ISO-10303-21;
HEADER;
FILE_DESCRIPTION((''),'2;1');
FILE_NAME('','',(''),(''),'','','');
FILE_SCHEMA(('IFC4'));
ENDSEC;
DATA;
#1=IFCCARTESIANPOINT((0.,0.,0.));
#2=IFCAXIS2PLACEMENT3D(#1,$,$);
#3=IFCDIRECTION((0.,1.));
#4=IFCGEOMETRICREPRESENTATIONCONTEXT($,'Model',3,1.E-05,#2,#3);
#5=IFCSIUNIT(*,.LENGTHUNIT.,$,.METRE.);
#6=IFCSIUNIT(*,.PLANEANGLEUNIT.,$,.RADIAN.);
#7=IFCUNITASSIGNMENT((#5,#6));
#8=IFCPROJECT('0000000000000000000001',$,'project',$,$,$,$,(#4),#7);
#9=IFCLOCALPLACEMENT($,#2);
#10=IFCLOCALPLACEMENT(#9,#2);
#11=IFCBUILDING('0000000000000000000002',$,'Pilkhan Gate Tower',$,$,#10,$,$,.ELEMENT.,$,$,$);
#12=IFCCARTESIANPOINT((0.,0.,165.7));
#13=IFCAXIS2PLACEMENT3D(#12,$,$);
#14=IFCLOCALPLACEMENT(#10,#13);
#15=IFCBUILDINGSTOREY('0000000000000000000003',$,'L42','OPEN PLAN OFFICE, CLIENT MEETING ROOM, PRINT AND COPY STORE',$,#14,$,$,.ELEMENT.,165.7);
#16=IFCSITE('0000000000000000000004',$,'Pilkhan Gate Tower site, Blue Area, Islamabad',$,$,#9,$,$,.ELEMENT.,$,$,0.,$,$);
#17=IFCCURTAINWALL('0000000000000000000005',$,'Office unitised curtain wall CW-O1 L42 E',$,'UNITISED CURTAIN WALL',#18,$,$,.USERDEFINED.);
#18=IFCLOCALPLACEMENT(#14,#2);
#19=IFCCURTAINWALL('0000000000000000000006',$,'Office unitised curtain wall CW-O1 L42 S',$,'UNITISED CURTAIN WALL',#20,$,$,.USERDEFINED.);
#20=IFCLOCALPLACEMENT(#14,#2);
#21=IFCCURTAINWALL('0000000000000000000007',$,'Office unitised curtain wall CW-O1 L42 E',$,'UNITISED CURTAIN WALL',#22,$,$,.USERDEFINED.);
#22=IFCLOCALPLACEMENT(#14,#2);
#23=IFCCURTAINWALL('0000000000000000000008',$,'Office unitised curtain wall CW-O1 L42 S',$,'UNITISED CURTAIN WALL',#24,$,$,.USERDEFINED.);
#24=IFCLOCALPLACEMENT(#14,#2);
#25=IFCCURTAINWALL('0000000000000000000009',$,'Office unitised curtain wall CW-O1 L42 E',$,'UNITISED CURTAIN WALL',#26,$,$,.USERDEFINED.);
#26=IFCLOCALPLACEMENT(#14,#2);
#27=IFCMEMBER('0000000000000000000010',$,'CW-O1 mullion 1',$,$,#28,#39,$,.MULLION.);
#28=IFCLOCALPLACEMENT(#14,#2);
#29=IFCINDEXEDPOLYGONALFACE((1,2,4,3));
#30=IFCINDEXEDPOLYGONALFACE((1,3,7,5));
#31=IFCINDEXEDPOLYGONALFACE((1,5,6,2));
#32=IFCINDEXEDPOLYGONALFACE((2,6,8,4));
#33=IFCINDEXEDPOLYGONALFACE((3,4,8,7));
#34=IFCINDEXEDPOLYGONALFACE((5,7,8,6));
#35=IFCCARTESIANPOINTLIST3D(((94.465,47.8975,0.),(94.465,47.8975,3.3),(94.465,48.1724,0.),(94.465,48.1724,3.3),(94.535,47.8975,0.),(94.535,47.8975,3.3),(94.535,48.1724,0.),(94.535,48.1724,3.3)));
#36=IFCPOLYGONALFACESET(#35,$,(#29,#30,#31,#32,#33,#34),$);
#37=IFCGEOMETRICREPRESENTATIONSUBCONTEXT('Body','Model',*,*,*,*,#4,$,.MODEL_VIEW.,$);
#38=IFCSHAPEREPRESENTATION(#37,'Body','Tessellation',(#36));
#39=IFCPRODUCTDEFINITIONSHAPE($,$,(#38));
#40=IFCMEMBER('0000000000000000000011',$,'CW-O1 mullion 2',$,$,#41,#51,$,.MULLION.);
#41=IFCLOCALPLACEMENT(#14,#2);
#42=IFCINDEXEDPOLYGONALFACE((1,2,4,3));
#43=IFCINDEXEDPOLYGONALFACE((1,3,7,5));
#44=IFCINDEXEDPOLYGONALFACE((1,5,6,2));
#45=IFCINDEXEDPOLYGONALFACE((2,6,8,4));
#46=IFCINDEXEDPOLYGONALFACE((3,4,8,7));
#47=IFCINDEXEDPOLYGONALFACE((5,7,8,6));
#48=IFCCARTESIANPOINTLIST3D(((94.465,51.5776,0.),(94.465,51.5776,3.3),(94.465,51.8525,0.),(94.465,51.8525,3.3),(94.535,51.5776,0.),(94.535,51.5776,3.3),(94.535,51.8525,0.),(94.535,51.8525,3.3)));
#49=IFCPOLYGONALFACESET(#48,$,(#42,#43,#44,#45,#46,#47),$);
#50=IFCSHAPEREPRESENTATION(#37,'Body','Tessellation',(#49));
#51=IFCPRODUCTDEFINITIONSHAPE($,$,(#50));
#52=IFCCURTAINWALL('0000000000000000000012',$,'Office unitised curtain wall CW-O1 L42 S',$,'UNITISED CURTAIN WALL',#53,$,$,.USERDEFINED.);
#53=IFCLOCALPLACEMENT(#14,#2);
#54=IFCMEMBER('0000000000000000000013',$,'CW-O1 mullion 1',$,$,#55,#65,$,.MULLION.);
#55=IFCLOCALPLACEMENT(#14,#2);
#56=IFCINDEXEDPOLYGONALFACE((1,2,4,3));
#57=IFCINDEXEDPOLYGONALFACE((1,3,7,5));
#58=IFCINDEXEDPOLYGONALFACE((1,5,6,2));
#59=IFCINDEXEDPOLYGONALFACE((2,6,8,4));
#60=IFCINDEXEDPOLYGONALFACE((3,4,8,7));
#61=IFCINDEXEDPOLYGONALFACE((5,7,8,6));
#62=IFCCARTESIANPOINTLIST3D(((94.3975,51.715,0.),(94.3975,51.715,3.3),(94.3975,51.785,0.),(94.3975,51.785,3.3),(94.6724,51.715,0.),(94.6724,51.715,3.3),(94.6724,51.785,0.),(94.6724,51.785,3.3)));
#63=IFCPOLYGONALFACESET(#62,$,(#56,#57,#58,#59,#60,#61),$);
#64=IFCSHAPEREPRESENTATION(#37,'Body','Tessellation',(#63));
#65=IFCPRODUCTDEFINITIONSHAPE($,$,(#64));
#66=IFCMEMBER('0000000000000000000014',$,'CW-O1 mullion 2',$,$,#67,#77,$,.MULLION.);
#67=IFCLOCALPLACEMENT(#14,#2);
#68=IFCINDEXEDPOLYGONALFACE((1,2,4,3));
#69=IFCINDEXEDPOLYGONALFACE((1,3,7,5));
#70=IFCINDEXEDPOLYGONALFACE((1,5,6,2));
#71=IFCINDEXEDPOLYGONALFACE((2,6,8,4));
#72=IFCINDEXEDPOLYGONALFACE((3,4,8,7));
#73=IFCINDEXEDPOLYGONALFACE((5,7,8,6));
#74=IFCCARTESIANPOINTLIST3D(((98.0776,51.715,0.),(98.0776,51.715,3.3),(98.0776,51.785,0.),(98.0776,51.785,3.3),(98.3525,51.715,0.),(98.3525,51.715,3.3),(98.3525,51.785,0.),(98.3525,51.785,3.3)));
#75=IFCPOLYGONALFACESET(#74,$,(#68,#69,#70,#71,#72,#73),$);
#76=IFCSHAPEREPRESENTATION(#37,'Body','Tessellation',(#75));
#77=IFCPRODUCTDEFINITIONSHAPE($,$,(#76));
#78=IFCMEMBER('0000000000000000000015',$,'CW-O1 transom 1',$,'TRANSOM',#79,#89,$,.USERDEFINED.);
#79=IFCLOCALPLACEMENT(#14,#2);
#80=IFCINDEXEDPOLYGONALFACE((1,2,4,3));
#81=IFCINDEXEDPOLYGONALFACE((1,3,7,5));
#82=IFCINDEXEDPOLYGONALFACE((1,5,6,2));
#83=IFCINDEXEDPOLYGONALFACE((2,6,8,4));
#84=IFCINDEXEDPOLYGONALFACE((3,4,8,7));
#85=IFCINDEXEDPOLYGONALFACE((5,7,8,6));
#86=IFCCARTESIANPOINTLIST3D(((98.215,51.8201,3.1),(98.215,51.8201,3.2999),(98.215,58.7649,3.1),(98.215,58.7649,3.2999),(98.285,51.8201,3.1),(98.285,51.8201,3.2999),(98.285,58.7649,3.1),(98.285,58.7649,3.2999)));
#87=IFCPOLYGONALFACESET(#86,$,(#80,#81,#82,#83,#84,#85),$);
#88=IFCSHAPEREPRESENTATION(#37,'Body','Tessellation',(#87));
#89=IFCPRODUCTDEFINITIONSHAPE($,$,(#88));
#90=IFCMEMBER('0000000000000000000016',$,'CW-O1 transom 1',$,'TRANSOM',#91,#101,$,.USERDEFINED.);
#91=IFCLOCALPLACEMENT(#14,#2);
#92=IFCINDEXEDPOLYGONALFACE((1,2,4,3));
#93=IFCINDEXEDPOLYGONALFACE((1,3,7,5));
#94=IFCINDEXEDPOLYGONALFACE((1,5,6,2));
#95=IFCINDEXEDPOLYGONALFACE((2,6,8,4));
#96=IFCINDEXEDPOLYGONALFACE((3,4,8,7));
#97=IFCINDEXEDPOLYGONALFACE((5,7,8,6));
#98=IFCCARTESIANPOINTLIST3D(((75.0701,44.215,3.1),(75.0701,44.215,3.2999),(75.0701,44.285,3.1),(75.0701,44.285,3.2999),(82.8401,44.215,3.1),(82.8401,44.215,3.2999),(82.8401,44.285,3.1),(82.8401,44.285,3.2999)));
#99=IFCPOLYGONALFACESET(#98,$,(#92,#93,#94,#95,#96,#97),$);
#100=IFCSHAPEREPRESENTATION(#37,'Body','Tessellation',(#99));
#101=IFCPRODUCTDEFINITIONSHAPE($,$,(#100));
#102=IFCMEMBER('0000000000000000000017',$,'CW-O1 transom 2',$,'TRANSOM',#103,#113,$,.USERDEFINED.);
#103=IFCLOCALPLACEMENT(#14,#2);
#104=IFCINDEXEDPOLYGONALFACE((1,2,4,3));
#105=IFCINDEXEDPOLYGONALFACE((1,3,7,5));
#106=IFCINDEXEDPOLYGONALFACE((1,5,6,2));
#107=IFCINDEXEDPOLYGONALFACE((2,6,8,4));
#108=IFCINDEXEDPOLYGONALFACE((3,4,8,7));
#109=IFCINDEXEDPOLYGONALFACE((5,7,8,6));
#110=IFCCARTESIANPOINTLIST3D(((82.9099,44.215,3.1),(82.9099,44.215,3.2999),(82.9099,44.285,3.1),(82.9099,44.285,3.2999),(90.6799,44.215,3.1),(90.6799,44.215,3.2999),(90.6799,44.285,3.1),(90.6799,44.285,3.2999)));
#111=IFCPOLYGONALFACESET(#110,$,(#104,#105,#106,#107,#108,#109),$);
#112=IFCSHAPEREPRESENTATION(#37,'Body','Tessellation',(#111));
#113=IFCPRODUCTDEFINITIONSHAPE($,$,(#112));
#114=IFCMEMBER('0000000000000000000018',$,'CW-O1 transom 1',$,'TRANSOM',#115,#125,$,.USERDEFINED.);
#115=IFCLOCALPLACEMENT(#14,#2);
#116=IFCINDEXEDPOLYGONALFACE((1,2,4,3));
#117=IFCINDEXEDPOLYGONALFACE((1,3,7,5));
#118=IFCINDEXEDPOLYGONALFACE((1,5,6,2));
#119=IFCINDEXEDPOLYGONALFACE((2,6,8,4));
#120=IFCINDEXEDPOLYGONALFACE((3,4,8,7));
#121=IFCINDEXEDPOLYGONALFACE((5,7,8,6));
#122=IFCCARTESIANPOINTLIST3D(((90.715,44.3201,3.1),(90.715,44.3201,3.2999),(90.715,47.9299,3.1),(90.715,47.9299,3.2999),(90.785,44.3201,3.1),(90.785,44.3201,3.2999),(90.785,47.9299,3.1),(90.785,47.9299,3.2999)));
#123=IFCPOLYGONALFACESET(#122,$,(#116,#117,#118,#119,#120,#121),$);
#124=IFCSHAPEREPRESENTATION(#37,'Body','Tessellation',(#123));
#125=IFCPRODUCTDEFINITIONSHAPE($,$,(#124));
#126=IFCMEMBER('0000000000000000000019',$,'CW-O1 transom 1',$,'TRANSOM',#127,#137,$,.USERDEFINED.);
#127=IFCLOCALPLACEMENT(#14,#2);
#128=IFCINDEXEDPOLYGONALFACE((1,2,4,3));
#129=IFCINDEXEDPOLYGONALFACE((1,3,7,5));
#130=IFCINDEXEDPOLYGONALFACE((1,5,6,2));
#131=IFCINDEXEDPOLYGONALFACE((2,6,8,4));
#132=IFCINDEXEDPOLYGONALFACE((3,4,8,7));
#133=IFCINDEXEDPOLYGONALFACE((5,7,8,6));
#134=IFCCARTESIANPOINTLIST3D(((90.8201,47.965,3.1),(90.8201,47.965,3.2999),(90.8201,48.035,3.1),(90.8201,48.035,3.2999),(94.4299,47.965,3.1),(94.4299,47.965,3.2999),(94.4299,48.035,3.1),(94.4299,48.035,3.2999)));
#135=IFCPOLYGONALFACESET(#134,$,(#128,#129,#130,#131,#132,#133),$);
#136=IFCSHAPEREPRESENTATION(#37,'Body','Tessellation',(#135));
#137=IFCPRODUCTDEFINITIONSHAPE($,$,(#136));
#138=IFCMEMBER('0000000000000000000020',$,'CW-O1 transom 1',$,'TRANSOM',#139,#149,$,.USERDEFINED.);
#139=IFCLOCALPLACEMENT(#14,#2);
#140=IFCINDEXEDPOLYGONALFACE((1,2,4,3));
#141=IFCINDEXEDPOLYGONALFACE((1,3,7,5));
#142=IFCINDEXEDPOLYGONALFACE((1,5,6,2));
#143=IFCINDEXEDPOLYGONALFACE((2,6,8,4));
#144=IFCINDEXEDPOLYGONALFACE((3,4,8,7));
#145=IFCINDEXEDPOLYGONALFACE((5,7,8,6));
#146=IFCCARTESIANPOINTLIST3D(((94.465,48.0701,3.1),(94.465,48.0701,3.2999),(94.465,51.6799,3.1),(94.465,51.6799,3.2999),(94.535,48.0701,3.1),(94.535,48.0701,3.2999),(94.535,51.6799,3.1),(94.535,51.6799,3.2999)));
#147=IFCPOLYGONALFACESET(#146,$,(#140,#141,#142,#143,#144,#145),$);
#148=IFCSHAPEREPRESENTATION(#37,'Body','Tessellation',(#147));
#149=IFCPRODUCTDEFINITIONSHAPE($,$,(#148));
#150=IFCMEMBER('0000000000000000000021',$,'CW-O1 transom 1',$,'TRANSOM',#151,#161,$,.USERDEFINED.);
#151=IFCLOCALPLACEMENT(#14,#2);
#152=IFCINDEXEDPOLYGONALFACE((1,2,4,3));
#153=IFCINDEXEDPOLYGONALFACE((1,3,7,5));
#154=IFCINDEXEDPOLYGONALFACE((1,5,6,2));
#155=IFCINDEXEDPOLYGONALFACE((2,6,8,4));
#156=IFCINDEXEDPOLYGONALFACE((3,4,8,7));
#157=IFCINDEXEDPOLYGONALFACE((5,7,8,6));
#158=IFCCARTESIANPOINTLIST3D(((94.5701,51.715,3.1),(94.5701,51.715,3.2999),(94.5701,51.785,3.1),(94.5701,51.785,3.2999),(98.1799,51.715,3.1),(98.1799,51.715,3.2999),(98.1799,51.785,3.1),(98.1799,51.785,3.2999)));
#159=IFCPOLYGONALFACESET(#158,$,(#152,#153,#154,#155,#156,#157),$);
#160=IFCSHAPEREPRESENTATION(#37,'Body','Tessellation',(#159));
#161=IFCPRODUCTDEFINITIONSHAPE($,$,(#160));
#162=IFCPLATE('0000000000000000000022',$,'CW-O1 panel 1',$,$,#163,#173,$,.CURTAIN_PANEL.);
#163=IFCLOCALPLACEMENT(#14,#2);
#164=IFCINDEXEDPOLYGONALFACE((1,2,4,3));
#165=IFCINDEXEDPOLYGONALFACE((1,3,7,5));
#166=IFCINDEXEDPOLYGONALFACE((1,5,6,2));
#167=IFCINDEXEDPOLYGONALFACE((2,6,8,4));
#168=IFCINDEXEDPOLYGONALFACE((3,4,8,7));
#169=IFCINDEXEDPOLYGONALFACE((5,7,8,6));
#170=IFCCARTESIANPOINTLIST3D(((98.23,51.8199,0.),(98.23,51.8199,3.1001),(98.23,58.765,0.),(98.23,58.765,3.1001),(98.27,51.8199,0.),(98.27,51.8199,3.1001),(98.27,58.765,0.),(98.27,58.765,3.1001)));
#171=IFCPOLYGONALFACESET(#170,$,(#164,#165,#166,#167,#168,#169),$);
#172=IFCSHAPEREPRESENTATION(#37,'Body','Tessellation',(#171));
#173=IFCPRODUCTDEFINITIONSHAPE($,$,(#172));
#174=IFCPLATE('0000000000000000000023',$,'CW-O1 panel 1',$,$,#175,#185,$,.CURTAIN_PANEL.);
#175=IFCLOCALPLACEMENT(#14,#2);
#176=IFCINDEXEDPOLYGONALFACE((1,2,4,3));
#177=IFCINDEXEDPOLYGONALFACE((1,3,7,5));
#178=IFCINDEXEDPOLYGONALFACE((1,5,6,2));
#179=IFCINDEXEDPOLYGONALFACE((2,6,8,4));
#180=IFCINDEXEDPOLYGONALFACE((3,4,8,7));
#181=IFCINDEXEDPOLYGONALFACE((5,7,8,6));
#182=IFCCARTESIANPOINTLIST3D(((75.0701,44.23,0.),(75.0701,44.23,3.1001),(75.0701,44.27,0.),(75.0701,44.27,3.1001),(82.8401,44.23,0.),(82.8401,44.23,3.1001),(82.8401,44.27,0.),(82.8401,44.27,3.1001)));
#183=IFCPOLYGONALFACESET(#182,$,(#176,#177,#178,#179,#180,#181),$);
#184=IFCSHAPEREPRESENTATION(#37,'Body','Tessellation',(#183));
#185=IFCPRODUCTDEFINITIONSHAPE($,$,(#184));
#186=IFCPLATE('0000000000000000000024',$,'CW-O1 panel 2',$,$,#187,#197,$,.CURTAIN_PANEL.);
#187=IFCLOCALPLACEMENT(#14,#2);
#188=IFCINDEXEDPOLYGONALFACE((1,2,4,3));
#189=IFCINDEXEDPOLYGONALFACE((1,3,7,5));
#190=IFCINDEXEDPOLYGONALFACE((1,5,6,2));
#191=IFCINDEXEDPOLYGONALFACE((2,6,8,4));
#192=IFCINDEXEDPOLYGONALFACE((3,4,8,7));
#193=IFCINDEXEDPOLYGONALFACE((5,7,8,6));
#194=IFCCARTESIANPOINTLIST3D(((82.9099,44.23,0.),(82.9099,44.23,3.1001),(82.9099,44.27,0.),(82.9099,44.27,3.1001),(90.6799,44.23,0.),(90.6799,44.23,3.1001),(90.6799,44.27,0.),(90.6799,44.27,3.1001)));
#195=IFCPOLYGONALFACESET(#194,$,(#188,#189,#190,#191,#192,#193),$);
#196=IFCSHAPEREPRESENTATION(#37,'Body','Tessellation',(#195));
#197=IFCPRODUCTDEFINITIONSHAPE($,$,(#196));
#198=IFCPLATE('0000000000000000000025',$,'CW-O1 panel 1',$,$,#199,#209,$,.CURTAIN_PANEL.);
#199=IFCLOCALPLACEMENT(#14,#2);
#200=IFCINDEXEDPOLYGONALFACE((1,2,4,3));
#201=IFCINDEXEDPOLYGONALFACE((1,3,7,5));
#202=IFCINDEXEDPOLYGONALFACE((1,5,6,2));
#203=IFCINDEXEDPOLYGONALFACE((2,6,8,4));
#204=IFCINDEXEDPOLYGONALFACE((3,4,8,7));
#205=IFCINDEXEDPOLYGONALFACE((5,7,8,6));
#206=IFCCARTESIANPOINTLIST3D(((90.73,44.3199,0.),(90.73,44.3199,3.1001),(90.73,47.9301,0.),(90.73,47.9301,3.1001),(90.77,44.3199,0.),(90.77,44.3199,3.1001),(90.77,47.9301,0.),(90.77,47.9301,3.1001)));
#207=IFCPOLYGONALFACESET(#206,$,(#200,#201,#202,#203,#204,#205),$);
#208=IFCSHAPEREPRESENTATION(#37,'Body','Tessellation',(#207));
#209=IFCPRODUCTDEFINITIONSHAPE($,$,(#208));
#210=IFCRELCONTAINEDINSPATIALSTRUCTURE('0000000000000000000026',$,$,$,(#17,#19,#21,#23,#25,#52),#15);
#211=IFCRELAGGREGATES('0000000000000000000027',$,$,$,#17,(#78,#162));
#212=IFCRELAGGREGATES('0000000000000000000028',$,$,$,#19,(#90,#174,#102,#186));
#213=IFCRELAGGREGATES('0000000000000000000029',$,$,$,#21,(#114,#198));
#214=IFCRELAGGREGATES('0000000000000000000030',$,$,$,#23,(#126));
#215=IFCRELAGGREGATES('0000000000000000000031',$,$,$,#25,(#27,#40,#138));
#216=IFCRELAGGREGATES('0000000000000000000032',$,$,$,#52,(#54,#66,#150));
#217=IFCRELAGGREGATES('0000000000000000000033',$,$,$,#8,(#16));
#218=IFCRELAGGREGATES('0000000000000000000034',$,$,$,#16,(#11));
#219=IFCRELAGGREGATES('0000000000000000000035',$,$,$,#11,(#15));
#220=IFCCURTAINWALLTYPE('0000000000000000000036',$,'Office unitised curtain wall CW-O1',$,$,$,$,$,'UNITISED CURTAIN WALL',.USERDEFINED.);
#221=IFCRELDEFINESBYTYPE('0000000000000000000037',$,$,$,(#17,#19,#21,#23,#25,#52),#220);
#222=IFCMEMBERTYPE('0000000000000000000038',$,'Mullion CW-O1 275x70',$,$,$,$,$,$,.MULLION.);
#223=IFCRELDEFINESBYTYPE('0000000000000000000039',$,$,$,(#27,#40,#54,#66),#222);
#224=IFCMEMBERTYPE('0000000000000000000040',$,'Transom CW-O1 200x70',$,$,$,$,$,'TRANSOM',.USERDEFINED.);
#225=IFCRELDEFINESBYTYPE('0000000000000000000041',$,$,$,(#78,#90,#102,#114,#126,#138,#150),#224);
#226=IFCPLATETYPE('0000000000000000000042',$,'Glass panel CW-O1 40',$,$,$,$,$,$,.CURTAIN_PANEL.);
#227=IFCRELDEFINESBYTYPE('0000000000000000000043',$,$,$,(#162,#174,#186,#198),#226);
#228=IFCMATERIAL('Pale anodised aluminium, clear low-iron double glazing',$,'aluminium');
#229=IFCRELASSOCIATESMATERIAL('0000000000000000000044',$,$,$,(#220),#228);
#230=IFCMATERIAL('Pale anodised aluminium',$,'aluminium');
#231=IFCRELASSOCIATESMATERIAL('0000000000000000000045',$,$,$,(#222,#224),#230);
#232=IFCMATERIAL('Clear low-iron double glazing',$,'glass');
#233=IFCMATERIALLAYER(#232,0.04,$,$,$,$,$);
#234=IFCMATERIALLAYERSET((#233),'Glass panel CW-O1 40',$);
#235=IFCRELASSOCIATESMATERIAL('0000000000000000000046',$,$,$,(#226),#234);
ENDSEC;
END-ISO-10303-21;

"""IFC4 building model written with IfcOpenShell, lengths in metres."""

from ifc_helpers import new_model, si_unit, direction, frame, origin, origin_2d, place, context, subcontext, project, spatial, rectangle, extrude, material, layer, layer_set, material_profile, profile_set, type_object, element, aggregate, save


model = new_model("IFC4")

# Units and contexts
model_context = context("Model", 3, precision=1e-05, world=origin(), true_north=direction((0.0, 1.0)))
body_context = subcontext(model_context, "Body", "Model", "MODEL_VIEW")
ifc_project = project(units=[si_unit("LENGTHUNIT", "METRE"), si_unit("PLANEANGLEUNIT", "RADIAN")], contexts=[model_context])

# Site, building, storey
site_placement = place(None, origin())
site = spatial("IfcSite", under=ifc_project, at=site_placement, Name="Pilkhan Gate Tower site, Blue Area, Islamabad", CompositionType="ELEMENT", RefElevation=0.0)
building_placement = place(site_placement, origin())
building = spatial("IfcBuilding", under=site, at=building_placement, Name="Pilkhan Gate Tower", CompositionType="ELEMENT")
storey_placement = place(building_placement, frame((0.0, 0.0, 165.7)))
storey = spatial("IfcBuildingStorey", under=building, at=storey_placement, Name="L42", Description="OPEN PLAN OFFICE, CLIENT MEETING ROOM, PRINT AND COPY STORE", CompositionType="ELEMENT", Elevation=165.7)

# Curtain wall
ifc_material_1 = material(Name="Pale anodised aluminium, clear low-iron double glazing", Category="aluminium")
curtain_wall_type = type_object("IfcCurtainWallType", Name="Office unitised curtain wall CW-O1", ElementType="UNITISED CURTAIN WALL", PredefinedType="USERDEFINED", material=ifc_material_1)
curtain_wall_1_placement = place(storey_placement, origin())
curtain_wall_1 = element("IfcCurtainWall", 1, at=curtain_wall_1_placement, inside=storey, type_object=curtain_wall_type, Name="Office unitised curtain wall CW-O1 L42 E", ObjectType="UNITISED CURTAIN WALL", PredefinedType="USERDEFINED")
ifc_material_2 = material(Name="Pale anodised aluminium", Category="aluminium")
ifc_material_profile_1 = material_profile(ifc_material_2, rectangle(XDim=0.0701, YDim=0.2749, at=origin_2d()), Name="Mullion 275x70")
ifc_profile_set_1 = profile_set([ifc_material_profile_1], Name="Pale anodised aluminium")
member_type_1 = type_object("IfcMemberType", Name="Mullion CW-O1 275x70", PredefinedType="MULLION", material=ifc_profile_set_1)

# Curtain walls, members
curtain_wall_2_placement = place(storey_placement, origin())
curtain_wall_2 = element("IfcCurtainWall", 2, at=curtain_wall_2_placement, inside=storey, type_object=curtain_wall_type, Name="Office unitised curtain wall CW-O1 L42 S", ObjectType="UNITISED CURTAIN WALL", PredefinedType="USERDEFINED")
curtain_wall_3_placement = place(storey_placement, origin())
curtain_wall_3 = element("IfcCurtainWall", 3, at=curtain_wall_3_placement, inside=storey, type_object=curtain_wall_type, Name="Office unitised curtain wall CW-O1 L42 E", ObjectType="UNITISED CURTAIN WALL", PredefinedType="USERDEFINED")
curtain_wall_4_placement = place(storey_placement, origin())
curtain_wall_4 = element("IfcCurtainWall", 4, at=curtain_wall_4_placement, inside=storey, type_object=curtain_wall_type, Name="Office unitised curtain wall CW-O1 L42 S", ObjectType="UNITISED CURTAIN WALL", PredefinedType="USERDEFINED")
curtain_wall_5_placement = place(storey_placement, origin())
curtain_wall_5 = element("IfcCurtainWall", 5, at=curtain_wall_5_placement, inside=storey, type_object=curtain_wall_type, Name="Office unitised curtain wall CW-O1 L42 E", ObjectType="UNITISED CURTAIN WALL", PredefinedType="USERDEFINED")
member_1_placement = place(storey_placement, frame((94.5, 48.0349, 0.0), z_axis=(0.0, 0.0, 1.0), x_axis=(-1.0, 0.0, 0.0)))
member_1 = element("IfcMember", 6, at=member_1_placement, type_object=member_type_1, Name="CW-O1 mullion 1", PredefinedType="MULLION", context=body_context, shape_type="SweptSolid", body=[
    extrude(rectangle(XDim=0.0701, YDim=0.2749, at=origin_2d()), origin(), (0.0, 0.0, 1.0), 3.3),
])
member_2_placement = place(storey_placement, frame((94.5, 51.7151, 0.0), z_axis=(0.0, 0.0, 1.0), x_axis=(-1.0, 0.0, 0.0)))
member_2 = element("IfcMember", 7, at=member_2_placement, type_object=member_type_1, Name="CW-O1 mullion 2", PredefinedType="MULLION", context=body_context, shape_type="SweptSolid", body=[
    extrude(rectangle(XDim=0.0701, YDim=0.2749, at=origin_2d()), origin(), (0.0, 0.0, 1.0), 3.3),
])
curtain_wall_6_placement = place(storey_placement, origin())
curtain_wall_6 = element("IfcCurtainWall", 8, at=curtain_wall_6_placement, inside=storey, type_object=curtain_wall_type, Name="Office unitised curtain wall CW-O1 L42 S", ObjectType="UNITISED CURTAIN WALL", PredefinedType="USERDEFINED")
member_3_placement = place(storey_placement, frame((94.5349, 51.75, 0.0), z_axis=(0.0, 0.0, 1.0), x_axis=(0.0, 1.0, 0.0)))
member_3 = element("IfcMember", 9, at=member_3_placement, type_object=member_type_1, Name="CW-O1 mullion 1", PredefinedType="MULLION", context=body_context, shape_type="SweptSolid", body=[
    extrude(rectangle(XDim=0.0701, YDim=0.2749, at=origin_2d()), origin(), (0.0, 0.0, 1.0), 3.3),
])
member_4_placement = place(storey_placement, frame((98.2151, 51.75, 0.0), z_axis=(0.0, 0.0, 1.0), x_axis=(0.0, 1.0, 0.0)))
member_4 = element("IfcMember", 10, at=member_4_placement, type_object=member_type_1, Name="CW-O1 mullion 2", PredefinedType="MULLION", context=body_context, shape_type="SweptSolid", body=[
    extrude(rectangle(XDim=0.0701, YDim=0.2749, at=origin_2d()), origin(), (0.0, 0.0, 1.0), 3.3),
])

# Members
ifc_material_profile_2 = material_profile(ifc_material_2, rectangle(XDim=0.0701, YDim=0.2, at=origin_2d()), Name="Transom 200x70")
ifc_profile_set_2 = profile_set([ifc_material_profile_2], Name="Pale anodised aluminium")
member_type_2 = type_object("IfcMemberType", Name="Transom CW-O1 200x70", ElementType="TRANSOM", PredefinedType="USERDEFINED", material=ifc_profile_set_2)
member_5_placement = place(storey_placement, frame((98.25, 51.8201, 3.2), z_axis=(0.0, 1.0, 0.0), x_axis=(-1.0, 0.0, 0.0)))
member_5 = element("IfcMember", 11, at=member_5_placement, type_object=member_type_2, Name="CW-O1 transom 1", ObjectType="TRANSOM", PredefinedType="USERDEFINED", context=body_context, shape_type="SweptSolid", body=[
    extrude(rectangle(XDim=0.0701, YDim=0.2, at=origin_2d()), origin(), (0.0, 0.0, 1.0), 6.9448),
])
member_6_placement = place(storey_placement, frame((75.0701, 44.25, 3.2), z_axis=(1.0, 0.0, 0.0), x_axis=(0.0, 1.0, 0.0)))
member_6 = element("IfcMember", 12, at=member_6_placement, type_object=member_type_2, Name="CW-O1 transom 1", ObjectType="TRANSOM", PredefinedType="USERDEFINED", context=body_context, shape_type="SweptSolid", body=[
    extrude(rectangle(XDim=0.0701, YDim=0.2, at=origin_2d()), origin(), (0.0, 0.0, 1.0), 7.77),
])
member_7_placement = place(storey_placement, frame((82.9099, 44.25, 3.2), z_axis=(1.0, 0.0, 0.0), x_axis=(0.0, 1.0, 0.0)))
member_7 = element("IfcMember", 13, at=member_7_placement, type_object=member_type_2, Name="CW-O1 transom 2", ObjectType="TRANSOM", PredefinedType="USERDEFINED", context=body_context, shape_type="SweptSolid", body=[
    extrude(rectangle(XDim=0.0701, YDim=0.2, at=origin_2d()), origin(), (0.0, 0.0, 1.0), 7.77),
])
member_8_placement = place(storey_placement, frame((90.75, 44.3201, 3.2), z_axis=(0.0, 1.0, 0.0), x_axis=(-1.0, 0.0, 0.0)))
member_8 = element("IfcMember", 14, at=member_8_placement, type_object=member_type_2, Name="CW-O1 transom 1", ObjectType="TRANSOM", PredefinedType="USERDEFINED", context=body_context, shape_type="SweptSolid", body=[
    extrude(rectangle(XDim=0.0701, YDim=0.2, at=origin_2d()), origin(), (0.0, 0.0, 1.0), 3.6099),
])
member_9_placement = place(storey_placement, frame((90.8201, 48.0, 3.2), z_axis=(1.0, 0.0, 0.0), x_axis=(0.0, 1.0, 0.0)))
member_9 = element("IfcMember", 15, at=member_9_placement, type_object=member_type_2, Name="CW-O1 transom 1", ObjectType="TRANSOM", PredefinedType="USERDEFINED", context=body_context, shape_type="SweptSolid", body=[
    extrude(rectangle(XDim=0.0701, YDim=0.2, at=origin_2d()), origin(), (0.0, 0.0, 1.0), 3.6099),
])
member_10_placement = place(storey_placement, frame((94.5, 48.0701, 3.2), z_axis=(0.0, 1.0, 0.0), x_axis=(-1.0, 0.0, 0.0)))
member_10 = element("IfcMember", 16, at=member_10_placement, type_object=member_type_2, Name="CW-O1 transom 1", ObjectType="TRANSOM", PredefinedType="USERDEFINED", context=body_context, shape_type="SweptSolid", body=[
    extrude(rectangle(XDim=0.0701, YDim=0.2, at=origin_2d()), origin(), (0.0, 0.0, 1.0), 3.6099),
])
member_11_placement = place(storey_placement, frame((94.5701, 51.75, 3.2), z_axis=(1.0, 0.0, 0.0), x_axis=(0.0, 1.0, 0.0)))
member_11 = element("IfcMember", 17, at=member_11_placement, type_object=member_type_2, Name="CW-O1 transom 1", ObjectType="TRANSOM", PredefinedType="USERDEFINED", context=body_context, shape_type="SweptSolid", body=[
    extrude(rectangle(XDim=0.0701, YDim=0.2, at=origin_2d()), origin(), (0.0, 0.0, 1.0), 3.6099),
])

# Plates
ifc_material_3 = material(Name="Clear low-iron double glazing", Category="glass")
ifc_layer_1 = layer(ifc_material_3, 0.04)
ifc_layer_set_1 = layer_set([ifc_layer_1], Name="Glass panel CW-O1 40")
plate_type = type_object("IfcPlateType", Name="Glass panel CW-O1 40", PredefinedType="CURTAIN_PANEL", material=ifc_layer_set_1)
plate_1_placement = place(storey_placement, frame((98.25, 55.2925, 0.0), z_axis=(0.0, 0.0, 1.0), x_axis=(0.0, 1.0, 0.0)))
plate_1 = element("IfcPlate", 18, at=plate_1_placement, type_object=plate_type, Name="CW-O1 panel 1", PredefinedType="CURTAIN_PANEL", context=body_context, shape_type="SweptSolid", body=[
    extrude(rectangle(XDim=6.9451, YDim=0.04, at=origin_2d()), origin(), (0.0, 0.0, 1.0), 3.1001),
])
aggregate(curtain_wall_1, [member_5, plate_1])
plate_2_placement = place(storey_placement, frame((78.9551, 44.25, 0.0), z_axis=(0.0, 0.0, 1.0), x_axis=(1.0, 0.0, 0.0)))
plate_2 = element("IfcPlate", 19, at=plate_2_placement, type_object=plate_type, Name="CW-O1 panel 1", PredefinedType="CURTAIN_PANEL", context=body_context, shape_type="SweptSolid", body=[
    extrude(rectangle(XDim=7.77, YDim=0.04, at=origin_2d()), origin(), (0.0, 0.0, 1.0), 3.1001),
])
plate_3_placement = place(storey_placement, frame((86.7949, 44.25, 0.0), z_axis=(0.0, 0.0, 1.0), x_axis=(1.0, 0.0, 0.0)))
plate_3 = element("IfcPlate", 20, at=plate_3_placement, type_object=plate_type, Name="CW-O1 panel 2", PredefinedType="CURTAIN_PANEL", context=body_context, shape_type="SweptSolid", body=[
    extrude(rectangle(XDim=7.77, YDim=0.04, at=origin_2d()), origin(), (0.0, 0.0, 1.0), 3.1001),
])
aggregate(curtain_wall_2, [member_6, plate_2, member_7, plate_3])
plate_4_placement = place(storey_placement, frame((90.75, 46.125, 0.0), z_axis=(0.0, 0.0, 1.0), x_axis=(0.0, 1.0, 0.0)))
plate_4 = element("IfcPlate", 21, at=plate_4_placement, type_object=plate_type, Name="CW-O1 panel 1", PredefinedType="CURTAIN_PANEL", context=body_context, shape_type="SweptSolid", body=[
    extrude(rectangle(XDim=3.6101, YDim=0.04, at=origin_2d()), origin(), (0.0, 0.0, 1.0), 3.1001),
])
aggregate(curtain_wall_3, [member_8, plate_4])
aggregate(curtain_wall_4, [member_9])
aggregate(curtain_wall_5, [member_1, member_2, member_10])
aggregate(curtain_wall_6, [member_3, member_4, member_11])

save(model, "model.ifc")
